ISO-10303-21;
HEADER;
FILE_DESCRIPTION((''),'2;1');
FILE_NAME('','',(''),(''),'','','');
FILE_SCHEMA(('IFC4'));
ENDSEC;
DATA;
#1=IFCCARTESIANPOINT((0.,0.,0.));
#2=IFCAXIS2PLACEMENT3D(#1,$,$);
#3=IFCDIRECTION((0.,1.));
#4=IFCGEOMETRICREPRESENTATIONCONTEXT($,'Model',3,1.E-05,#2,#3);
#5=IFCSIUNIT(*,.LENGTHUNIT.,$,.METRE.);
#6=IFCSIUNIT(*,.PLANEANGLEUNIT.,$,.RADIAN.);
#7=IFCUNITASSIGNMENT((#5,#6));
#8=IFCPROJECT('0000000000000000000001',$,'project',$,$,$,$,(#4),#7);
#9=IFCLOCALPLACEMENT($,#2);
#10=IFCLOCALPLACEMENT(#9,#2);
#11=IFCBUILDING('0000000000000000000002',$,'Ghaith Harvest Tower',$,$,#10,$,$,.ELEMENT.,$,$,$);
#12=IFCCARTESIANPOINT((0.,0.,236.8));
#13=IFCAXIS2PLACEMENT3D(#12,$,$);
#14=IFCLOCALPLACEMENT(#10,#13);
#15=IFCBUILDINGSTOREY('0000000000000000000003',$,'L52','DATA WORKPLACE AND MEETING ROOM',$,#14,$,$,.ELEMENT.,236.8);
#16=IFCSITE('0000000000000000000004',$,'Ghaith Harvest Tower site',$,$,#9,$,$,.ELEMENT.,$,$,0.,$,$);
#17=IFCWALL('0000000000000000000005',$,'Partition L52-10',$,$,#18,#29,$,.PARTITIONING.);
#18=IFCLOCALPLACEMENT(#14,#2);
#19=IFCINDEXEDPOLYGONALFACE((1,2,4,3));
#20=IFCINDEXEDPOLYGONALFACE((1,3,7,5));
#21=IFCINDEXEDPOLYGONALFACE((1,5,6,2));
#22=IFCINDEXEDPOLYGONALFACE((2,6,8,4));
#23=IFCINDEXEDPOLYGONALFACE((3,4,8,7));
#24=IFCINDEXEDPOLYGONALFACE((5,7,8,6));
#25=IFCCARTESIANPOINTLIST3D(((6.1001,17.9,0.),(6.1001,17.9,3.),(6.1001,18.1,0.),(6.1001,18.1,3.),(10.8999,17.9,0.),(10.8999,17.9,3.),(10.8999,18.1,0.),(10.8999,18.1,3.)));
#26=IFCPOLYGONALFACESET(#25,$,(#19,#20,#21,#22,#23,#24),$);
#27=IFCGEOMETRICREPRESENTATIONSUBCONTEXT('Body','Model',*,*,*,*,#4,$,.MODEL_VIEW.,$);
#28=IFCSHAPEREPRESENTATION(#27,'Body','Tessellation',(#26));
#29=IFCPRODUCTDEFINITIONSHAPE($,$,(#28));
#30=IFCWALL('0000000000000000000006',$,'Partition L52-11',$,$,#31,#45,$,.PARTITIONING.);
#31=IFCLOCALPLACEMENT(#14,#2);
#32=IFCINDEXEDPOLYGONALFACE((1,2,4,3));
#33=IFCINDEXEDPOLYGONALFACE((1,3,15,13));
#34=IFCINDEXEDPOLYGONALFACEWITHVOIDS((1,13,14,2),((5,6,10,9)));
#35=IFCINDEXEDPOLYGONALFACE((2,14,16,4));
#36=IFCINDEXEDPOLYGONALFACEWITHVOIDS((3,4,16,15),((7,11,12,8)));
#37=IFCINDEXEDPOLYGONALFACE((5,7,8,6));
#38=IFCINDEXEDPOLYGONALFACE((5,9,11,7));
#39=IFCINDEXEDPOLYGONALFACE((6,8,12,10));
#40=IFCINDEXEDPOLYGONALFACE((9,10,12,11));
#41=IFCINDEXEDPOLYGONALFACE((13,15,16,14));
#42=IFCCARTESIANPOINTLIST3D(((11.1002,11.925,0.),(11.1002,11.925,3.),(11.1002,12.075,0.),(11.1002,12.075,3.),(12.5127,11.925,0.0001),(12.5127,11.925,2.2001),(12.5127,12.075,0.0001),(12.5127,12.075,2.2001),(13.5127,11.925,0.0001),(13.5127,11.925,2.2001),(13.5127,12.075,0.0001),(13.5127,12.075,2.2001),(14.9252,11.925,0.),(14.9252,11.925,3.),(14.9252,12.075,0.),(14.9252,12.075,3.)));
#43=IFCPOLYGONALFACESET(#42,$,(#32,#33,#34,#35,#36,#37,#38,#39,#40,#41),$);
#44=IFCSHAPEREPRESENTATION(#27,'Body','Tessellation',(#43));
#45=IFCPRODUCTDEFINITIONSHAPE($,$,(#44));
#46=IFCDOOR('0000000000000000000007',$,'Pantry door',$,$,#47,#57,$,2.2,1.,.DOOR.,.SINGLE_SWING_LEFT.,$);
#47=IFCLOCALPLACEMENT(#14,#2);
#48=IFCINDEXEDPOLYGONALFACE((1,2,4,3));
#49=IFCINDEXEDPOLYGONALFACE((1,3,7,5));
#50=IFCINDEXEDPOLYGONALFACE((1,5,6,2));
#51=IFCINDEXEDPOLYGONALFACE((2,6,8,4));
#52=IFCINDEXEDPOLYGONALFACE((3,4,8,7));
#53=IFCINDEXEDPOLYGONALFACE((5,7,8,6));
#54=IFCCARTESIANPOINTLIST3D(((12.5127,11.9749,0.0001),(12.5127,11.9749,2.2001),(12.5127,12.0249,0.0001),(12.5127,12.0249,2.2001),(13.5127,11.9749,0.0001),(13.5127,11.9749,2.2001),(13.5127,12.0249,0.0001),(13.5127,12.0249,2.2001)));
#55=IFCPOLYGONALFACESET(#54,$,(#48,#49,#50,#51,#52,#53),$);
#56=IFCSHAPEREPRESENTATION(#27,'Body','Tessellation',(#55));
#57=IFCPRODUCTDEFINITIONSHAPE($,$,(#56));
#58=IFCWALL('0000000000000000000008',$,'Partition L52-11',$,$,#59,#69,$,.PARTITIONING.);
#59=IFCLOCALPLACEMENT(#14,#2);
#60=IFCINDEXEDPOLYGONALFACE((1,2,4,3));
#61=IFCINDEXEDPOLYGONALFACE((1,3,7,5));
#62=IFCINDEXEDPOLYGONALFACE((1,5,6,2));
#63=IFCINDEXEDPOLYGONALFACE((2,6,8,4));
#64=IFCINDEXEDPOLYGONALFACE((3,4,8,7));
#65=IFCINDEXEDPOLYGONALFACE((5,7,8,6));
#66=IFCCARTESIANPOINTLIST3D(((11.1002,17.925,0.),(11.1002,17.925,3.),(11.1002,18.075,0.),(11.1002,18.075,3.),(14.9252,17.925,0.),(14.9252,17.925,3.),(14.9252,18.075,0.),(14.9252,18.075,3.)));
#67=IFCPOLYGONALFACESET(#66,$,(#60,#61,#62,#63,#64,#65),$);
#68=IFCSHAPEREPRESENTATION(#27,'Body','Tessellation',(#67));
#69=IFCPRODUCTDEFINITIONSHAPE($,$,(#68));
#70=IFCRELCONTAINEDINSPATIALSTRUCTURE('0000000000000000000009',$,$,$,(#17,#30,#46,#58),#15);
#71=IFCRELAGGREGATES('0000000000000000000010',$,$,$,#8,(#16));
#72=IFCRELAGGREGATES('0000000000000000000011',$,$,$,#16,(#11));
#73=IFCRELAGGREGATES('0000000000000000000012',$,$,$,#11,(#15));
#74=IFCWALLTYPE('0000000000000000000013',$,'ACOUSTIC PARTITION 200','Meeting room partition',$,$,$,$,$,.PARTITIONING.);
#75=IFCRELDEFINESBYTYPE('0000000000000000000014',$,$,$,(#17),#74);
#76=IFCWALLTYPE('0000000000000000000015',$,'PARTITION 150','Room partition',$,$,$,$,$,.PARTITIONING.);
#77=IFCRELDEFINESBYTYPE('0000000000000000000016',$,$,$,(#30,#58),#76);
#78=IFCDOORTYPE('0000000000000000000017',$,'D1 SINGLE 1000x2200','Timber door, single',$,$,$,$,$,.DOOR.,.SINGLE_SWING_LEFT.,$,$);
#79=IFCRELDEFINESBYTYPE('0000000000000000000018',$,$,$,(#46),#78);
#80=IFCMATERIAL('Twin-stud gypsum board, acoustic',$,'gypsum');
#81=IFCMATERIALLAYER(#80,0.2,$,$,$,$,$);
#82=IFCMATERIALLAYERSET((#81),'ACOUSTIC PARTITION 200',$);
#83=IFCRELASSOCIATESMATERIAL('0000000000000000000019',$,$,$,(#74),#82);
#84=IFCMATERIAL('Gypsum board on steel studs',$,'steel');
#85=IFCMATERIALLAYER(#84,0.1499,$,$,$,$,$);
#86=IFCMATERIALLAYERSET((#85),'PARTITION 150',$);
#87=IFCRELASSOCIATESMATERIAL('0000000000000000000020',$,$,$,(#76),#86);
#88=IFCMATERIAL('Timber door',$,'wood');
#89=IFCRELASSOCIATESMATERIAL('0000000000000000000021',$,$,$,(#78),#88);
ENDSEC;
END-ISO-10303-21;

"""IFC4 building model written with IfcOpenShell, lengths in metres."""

from ifc_helpers import new_model, si_unit, direction, frame, frame_2d, origin, place, context, subcontext, project, spatial, rectangle, extrude, material, layer, layer_set, type_object, element, fill, save


model = new_model("IFC4")

# Units and contexts
model_context = context("Model", 3, precision=1e-05, world=origin(), true_north=direction((0.0, 1.0)))
body_context = subcontext(model_context, "Body", "Model", "MODEL_VIEW")
ifc_project = project(units=[si_unit("LENGTHUNIT", "METRE"), si_unit("PLANEANGLEUNIT", "RADIAN")], contexts=[model_context])

# Site, building, storey
site_placement = place(None, origin())
site = spatial("IfcSite", under=ifc_project, at=site_placement, Name="Ghaith Harvest Tower site", CompositionType="ELEMENT", RefElevation=0.0)
building_placement = place(site_placement, origin())
building = spatial("IfcBuilding", under=site, at=building_placement, Name="Ghaith Harvest Tower", CompositionType="ELEMENT")
storey_placement = place(building_placement, frame((0.0, 0.0, 236.8)))
storey = spatial("IfcBuildingStorey", under=building, at=storey_placement, Name="L52", Description="DATA WORKPLACE AND MEETING ROOM", CompositionType="ELEMENT", Elevation=236.8)

# Shared definitions
ifc_material_1 = material(Name="Twin-stud gypsum board, acoustic", Category="gypsum")
ifc_layer_1 = layer(ifc_material_1, 0.2)
ifc_layer_set_1 = layer_set([ifc_layer_1], Name="ACOUSTIC PARTITION 200")
wall_type_1 = type_object("IfcWallType", Name="ACOUSTIC PARTITION 200", Description="Meeting room partition", PredefinedType="PARTITIONING", material=ifc_layer_set_1)

# Wall
wall_1_placement = place(storey_placement, frame((6.1001, 18.0, 0.0), z_axis=(0.0, 0.0, 1.0), x_axis=(1.0, 0.0, 0.0)))
element("IfcWall", 1, at=wall_1_placement, inside=storey, type_object=wall_type_1, Name="Partition L52-10", PredefinedType="PARTITIONING", context=body_context, shape_type="SweptSolid", body=[
    extrude(rectangle(XDim=4.7998, YDim=0.2, at=frame_2d((2.3999, 0.0))), origin(), (0.0, 0.0, 1.0), 3.0),
])

# Wall, opening, door
ifc_material_2 = material(Name="Gypsum board on steel studs", Category="steel")
ifc_layer_2 = layer(ifc_material_2, 0.1499)
ifc_layer_set_2 = layer_set([ifc_layer_2], Name="PARTITION 150")
wall_type_2 = type_object("IfcWallType", Name="PARTITION 150", Description="Room partition", PredefinedType="PARTITIONING", material=ifc_layer_set_2)
wall_2_placement = place(storey_placement, frame((11.1001, 12.0, 0.0), z_axis=(0.0, 0.0, 1.0), x_axis=(1.0, 0.0, 0.0)))
wall_2 = element("IfcWall", 2, at=wall_2_placement, inside=storey, type_object=wall_type_2, Name="Partition L52-11", PredefinedType="PARTITIONING", context=body_context, shape_type="SweptSolid", body=[
    extrude(rectangle(XDim=3.825, YDim=0.1499, at=frame_2d((1.9126, 0.0))), origin(), (0.0, 0.0, 1.0), 3.0),
])
opening_1_placement = place(wall_2_placement, frame((1.4126, 0.0, 0.0)))
opening_1 = element("IfcOpeningElement", 3, at=opening_1_placement, cuts=wall_2, PredefinedType="OPENING", context=body_context, shape_type="SweptSolid", body=[
    extrude(rectangle(XDim=1.0, YDim=2.2, at=frame_2d((0.5, 1.1001))), frame((0.0, 0.085, 0.0), z_axis=(0.0, -1.0, 0.0), x_axis=(1.0, 0.0, 0.0)), (0.0, 0.0, 1.0), 0.1699),
])
ifc_material_3 = material(Name="Timber door", Category="wood")
door_type_1 = type_object("IfcDoorType", Name="D1 SINGLE 1000x2200", Description="Timber door, single", OperationType="SINGLE_SWING_LEFT", PredefinedType="DOOR", material=ifc_material_3)
door_1_placement = place(opening_1_placement, origin())
door_1 = element("IfcDoor", 4, at=door_1_placement, inside=storey, type_object=door_type_1, Name="Pantry door", OperationType="SINGLE_SWING_LEFT", OverallHeight=2.2, OverallWidth=1.0, PredefinedType="DOOR", context=body_context, shape_type="SweptSolid", body=[
    extrude(rectangle(XDim=1.0, YDim=2.2, at=frame_2d((0.5, 1.1001))), frame((0.0, 0.0249, 0.0), z_axis=(0.0, -1.0, 0.0), x_axis=(1.0, 0.0, 0.0)), (0.0, 0.0, 1.0), 0.05),
])
fill(opening_1, door_1)

# Wall
wall_3_placement = place(storey_placement, frame((11.1001, 18.0, 0.0), z_axis=(0.0, 0.0, 1.0), x_axis=(1.0, 0.0, 0.0)))
element("IfcWall", 5, at=wall_3_placement, inside=storey, type_object=wall_type_2, Name="Partition L52-11", PredefinedType="PARTITIONING", context=body_context, shape_type="SweptSolid", body=[
    extrude(rectangle(XDim=3.825, YDim=0.1499, at=frame_2d((1.9126, 0.0))), origin(), (0.0, 0.0, 1.0), 3.0),
])

save(model, "model.ifc")
